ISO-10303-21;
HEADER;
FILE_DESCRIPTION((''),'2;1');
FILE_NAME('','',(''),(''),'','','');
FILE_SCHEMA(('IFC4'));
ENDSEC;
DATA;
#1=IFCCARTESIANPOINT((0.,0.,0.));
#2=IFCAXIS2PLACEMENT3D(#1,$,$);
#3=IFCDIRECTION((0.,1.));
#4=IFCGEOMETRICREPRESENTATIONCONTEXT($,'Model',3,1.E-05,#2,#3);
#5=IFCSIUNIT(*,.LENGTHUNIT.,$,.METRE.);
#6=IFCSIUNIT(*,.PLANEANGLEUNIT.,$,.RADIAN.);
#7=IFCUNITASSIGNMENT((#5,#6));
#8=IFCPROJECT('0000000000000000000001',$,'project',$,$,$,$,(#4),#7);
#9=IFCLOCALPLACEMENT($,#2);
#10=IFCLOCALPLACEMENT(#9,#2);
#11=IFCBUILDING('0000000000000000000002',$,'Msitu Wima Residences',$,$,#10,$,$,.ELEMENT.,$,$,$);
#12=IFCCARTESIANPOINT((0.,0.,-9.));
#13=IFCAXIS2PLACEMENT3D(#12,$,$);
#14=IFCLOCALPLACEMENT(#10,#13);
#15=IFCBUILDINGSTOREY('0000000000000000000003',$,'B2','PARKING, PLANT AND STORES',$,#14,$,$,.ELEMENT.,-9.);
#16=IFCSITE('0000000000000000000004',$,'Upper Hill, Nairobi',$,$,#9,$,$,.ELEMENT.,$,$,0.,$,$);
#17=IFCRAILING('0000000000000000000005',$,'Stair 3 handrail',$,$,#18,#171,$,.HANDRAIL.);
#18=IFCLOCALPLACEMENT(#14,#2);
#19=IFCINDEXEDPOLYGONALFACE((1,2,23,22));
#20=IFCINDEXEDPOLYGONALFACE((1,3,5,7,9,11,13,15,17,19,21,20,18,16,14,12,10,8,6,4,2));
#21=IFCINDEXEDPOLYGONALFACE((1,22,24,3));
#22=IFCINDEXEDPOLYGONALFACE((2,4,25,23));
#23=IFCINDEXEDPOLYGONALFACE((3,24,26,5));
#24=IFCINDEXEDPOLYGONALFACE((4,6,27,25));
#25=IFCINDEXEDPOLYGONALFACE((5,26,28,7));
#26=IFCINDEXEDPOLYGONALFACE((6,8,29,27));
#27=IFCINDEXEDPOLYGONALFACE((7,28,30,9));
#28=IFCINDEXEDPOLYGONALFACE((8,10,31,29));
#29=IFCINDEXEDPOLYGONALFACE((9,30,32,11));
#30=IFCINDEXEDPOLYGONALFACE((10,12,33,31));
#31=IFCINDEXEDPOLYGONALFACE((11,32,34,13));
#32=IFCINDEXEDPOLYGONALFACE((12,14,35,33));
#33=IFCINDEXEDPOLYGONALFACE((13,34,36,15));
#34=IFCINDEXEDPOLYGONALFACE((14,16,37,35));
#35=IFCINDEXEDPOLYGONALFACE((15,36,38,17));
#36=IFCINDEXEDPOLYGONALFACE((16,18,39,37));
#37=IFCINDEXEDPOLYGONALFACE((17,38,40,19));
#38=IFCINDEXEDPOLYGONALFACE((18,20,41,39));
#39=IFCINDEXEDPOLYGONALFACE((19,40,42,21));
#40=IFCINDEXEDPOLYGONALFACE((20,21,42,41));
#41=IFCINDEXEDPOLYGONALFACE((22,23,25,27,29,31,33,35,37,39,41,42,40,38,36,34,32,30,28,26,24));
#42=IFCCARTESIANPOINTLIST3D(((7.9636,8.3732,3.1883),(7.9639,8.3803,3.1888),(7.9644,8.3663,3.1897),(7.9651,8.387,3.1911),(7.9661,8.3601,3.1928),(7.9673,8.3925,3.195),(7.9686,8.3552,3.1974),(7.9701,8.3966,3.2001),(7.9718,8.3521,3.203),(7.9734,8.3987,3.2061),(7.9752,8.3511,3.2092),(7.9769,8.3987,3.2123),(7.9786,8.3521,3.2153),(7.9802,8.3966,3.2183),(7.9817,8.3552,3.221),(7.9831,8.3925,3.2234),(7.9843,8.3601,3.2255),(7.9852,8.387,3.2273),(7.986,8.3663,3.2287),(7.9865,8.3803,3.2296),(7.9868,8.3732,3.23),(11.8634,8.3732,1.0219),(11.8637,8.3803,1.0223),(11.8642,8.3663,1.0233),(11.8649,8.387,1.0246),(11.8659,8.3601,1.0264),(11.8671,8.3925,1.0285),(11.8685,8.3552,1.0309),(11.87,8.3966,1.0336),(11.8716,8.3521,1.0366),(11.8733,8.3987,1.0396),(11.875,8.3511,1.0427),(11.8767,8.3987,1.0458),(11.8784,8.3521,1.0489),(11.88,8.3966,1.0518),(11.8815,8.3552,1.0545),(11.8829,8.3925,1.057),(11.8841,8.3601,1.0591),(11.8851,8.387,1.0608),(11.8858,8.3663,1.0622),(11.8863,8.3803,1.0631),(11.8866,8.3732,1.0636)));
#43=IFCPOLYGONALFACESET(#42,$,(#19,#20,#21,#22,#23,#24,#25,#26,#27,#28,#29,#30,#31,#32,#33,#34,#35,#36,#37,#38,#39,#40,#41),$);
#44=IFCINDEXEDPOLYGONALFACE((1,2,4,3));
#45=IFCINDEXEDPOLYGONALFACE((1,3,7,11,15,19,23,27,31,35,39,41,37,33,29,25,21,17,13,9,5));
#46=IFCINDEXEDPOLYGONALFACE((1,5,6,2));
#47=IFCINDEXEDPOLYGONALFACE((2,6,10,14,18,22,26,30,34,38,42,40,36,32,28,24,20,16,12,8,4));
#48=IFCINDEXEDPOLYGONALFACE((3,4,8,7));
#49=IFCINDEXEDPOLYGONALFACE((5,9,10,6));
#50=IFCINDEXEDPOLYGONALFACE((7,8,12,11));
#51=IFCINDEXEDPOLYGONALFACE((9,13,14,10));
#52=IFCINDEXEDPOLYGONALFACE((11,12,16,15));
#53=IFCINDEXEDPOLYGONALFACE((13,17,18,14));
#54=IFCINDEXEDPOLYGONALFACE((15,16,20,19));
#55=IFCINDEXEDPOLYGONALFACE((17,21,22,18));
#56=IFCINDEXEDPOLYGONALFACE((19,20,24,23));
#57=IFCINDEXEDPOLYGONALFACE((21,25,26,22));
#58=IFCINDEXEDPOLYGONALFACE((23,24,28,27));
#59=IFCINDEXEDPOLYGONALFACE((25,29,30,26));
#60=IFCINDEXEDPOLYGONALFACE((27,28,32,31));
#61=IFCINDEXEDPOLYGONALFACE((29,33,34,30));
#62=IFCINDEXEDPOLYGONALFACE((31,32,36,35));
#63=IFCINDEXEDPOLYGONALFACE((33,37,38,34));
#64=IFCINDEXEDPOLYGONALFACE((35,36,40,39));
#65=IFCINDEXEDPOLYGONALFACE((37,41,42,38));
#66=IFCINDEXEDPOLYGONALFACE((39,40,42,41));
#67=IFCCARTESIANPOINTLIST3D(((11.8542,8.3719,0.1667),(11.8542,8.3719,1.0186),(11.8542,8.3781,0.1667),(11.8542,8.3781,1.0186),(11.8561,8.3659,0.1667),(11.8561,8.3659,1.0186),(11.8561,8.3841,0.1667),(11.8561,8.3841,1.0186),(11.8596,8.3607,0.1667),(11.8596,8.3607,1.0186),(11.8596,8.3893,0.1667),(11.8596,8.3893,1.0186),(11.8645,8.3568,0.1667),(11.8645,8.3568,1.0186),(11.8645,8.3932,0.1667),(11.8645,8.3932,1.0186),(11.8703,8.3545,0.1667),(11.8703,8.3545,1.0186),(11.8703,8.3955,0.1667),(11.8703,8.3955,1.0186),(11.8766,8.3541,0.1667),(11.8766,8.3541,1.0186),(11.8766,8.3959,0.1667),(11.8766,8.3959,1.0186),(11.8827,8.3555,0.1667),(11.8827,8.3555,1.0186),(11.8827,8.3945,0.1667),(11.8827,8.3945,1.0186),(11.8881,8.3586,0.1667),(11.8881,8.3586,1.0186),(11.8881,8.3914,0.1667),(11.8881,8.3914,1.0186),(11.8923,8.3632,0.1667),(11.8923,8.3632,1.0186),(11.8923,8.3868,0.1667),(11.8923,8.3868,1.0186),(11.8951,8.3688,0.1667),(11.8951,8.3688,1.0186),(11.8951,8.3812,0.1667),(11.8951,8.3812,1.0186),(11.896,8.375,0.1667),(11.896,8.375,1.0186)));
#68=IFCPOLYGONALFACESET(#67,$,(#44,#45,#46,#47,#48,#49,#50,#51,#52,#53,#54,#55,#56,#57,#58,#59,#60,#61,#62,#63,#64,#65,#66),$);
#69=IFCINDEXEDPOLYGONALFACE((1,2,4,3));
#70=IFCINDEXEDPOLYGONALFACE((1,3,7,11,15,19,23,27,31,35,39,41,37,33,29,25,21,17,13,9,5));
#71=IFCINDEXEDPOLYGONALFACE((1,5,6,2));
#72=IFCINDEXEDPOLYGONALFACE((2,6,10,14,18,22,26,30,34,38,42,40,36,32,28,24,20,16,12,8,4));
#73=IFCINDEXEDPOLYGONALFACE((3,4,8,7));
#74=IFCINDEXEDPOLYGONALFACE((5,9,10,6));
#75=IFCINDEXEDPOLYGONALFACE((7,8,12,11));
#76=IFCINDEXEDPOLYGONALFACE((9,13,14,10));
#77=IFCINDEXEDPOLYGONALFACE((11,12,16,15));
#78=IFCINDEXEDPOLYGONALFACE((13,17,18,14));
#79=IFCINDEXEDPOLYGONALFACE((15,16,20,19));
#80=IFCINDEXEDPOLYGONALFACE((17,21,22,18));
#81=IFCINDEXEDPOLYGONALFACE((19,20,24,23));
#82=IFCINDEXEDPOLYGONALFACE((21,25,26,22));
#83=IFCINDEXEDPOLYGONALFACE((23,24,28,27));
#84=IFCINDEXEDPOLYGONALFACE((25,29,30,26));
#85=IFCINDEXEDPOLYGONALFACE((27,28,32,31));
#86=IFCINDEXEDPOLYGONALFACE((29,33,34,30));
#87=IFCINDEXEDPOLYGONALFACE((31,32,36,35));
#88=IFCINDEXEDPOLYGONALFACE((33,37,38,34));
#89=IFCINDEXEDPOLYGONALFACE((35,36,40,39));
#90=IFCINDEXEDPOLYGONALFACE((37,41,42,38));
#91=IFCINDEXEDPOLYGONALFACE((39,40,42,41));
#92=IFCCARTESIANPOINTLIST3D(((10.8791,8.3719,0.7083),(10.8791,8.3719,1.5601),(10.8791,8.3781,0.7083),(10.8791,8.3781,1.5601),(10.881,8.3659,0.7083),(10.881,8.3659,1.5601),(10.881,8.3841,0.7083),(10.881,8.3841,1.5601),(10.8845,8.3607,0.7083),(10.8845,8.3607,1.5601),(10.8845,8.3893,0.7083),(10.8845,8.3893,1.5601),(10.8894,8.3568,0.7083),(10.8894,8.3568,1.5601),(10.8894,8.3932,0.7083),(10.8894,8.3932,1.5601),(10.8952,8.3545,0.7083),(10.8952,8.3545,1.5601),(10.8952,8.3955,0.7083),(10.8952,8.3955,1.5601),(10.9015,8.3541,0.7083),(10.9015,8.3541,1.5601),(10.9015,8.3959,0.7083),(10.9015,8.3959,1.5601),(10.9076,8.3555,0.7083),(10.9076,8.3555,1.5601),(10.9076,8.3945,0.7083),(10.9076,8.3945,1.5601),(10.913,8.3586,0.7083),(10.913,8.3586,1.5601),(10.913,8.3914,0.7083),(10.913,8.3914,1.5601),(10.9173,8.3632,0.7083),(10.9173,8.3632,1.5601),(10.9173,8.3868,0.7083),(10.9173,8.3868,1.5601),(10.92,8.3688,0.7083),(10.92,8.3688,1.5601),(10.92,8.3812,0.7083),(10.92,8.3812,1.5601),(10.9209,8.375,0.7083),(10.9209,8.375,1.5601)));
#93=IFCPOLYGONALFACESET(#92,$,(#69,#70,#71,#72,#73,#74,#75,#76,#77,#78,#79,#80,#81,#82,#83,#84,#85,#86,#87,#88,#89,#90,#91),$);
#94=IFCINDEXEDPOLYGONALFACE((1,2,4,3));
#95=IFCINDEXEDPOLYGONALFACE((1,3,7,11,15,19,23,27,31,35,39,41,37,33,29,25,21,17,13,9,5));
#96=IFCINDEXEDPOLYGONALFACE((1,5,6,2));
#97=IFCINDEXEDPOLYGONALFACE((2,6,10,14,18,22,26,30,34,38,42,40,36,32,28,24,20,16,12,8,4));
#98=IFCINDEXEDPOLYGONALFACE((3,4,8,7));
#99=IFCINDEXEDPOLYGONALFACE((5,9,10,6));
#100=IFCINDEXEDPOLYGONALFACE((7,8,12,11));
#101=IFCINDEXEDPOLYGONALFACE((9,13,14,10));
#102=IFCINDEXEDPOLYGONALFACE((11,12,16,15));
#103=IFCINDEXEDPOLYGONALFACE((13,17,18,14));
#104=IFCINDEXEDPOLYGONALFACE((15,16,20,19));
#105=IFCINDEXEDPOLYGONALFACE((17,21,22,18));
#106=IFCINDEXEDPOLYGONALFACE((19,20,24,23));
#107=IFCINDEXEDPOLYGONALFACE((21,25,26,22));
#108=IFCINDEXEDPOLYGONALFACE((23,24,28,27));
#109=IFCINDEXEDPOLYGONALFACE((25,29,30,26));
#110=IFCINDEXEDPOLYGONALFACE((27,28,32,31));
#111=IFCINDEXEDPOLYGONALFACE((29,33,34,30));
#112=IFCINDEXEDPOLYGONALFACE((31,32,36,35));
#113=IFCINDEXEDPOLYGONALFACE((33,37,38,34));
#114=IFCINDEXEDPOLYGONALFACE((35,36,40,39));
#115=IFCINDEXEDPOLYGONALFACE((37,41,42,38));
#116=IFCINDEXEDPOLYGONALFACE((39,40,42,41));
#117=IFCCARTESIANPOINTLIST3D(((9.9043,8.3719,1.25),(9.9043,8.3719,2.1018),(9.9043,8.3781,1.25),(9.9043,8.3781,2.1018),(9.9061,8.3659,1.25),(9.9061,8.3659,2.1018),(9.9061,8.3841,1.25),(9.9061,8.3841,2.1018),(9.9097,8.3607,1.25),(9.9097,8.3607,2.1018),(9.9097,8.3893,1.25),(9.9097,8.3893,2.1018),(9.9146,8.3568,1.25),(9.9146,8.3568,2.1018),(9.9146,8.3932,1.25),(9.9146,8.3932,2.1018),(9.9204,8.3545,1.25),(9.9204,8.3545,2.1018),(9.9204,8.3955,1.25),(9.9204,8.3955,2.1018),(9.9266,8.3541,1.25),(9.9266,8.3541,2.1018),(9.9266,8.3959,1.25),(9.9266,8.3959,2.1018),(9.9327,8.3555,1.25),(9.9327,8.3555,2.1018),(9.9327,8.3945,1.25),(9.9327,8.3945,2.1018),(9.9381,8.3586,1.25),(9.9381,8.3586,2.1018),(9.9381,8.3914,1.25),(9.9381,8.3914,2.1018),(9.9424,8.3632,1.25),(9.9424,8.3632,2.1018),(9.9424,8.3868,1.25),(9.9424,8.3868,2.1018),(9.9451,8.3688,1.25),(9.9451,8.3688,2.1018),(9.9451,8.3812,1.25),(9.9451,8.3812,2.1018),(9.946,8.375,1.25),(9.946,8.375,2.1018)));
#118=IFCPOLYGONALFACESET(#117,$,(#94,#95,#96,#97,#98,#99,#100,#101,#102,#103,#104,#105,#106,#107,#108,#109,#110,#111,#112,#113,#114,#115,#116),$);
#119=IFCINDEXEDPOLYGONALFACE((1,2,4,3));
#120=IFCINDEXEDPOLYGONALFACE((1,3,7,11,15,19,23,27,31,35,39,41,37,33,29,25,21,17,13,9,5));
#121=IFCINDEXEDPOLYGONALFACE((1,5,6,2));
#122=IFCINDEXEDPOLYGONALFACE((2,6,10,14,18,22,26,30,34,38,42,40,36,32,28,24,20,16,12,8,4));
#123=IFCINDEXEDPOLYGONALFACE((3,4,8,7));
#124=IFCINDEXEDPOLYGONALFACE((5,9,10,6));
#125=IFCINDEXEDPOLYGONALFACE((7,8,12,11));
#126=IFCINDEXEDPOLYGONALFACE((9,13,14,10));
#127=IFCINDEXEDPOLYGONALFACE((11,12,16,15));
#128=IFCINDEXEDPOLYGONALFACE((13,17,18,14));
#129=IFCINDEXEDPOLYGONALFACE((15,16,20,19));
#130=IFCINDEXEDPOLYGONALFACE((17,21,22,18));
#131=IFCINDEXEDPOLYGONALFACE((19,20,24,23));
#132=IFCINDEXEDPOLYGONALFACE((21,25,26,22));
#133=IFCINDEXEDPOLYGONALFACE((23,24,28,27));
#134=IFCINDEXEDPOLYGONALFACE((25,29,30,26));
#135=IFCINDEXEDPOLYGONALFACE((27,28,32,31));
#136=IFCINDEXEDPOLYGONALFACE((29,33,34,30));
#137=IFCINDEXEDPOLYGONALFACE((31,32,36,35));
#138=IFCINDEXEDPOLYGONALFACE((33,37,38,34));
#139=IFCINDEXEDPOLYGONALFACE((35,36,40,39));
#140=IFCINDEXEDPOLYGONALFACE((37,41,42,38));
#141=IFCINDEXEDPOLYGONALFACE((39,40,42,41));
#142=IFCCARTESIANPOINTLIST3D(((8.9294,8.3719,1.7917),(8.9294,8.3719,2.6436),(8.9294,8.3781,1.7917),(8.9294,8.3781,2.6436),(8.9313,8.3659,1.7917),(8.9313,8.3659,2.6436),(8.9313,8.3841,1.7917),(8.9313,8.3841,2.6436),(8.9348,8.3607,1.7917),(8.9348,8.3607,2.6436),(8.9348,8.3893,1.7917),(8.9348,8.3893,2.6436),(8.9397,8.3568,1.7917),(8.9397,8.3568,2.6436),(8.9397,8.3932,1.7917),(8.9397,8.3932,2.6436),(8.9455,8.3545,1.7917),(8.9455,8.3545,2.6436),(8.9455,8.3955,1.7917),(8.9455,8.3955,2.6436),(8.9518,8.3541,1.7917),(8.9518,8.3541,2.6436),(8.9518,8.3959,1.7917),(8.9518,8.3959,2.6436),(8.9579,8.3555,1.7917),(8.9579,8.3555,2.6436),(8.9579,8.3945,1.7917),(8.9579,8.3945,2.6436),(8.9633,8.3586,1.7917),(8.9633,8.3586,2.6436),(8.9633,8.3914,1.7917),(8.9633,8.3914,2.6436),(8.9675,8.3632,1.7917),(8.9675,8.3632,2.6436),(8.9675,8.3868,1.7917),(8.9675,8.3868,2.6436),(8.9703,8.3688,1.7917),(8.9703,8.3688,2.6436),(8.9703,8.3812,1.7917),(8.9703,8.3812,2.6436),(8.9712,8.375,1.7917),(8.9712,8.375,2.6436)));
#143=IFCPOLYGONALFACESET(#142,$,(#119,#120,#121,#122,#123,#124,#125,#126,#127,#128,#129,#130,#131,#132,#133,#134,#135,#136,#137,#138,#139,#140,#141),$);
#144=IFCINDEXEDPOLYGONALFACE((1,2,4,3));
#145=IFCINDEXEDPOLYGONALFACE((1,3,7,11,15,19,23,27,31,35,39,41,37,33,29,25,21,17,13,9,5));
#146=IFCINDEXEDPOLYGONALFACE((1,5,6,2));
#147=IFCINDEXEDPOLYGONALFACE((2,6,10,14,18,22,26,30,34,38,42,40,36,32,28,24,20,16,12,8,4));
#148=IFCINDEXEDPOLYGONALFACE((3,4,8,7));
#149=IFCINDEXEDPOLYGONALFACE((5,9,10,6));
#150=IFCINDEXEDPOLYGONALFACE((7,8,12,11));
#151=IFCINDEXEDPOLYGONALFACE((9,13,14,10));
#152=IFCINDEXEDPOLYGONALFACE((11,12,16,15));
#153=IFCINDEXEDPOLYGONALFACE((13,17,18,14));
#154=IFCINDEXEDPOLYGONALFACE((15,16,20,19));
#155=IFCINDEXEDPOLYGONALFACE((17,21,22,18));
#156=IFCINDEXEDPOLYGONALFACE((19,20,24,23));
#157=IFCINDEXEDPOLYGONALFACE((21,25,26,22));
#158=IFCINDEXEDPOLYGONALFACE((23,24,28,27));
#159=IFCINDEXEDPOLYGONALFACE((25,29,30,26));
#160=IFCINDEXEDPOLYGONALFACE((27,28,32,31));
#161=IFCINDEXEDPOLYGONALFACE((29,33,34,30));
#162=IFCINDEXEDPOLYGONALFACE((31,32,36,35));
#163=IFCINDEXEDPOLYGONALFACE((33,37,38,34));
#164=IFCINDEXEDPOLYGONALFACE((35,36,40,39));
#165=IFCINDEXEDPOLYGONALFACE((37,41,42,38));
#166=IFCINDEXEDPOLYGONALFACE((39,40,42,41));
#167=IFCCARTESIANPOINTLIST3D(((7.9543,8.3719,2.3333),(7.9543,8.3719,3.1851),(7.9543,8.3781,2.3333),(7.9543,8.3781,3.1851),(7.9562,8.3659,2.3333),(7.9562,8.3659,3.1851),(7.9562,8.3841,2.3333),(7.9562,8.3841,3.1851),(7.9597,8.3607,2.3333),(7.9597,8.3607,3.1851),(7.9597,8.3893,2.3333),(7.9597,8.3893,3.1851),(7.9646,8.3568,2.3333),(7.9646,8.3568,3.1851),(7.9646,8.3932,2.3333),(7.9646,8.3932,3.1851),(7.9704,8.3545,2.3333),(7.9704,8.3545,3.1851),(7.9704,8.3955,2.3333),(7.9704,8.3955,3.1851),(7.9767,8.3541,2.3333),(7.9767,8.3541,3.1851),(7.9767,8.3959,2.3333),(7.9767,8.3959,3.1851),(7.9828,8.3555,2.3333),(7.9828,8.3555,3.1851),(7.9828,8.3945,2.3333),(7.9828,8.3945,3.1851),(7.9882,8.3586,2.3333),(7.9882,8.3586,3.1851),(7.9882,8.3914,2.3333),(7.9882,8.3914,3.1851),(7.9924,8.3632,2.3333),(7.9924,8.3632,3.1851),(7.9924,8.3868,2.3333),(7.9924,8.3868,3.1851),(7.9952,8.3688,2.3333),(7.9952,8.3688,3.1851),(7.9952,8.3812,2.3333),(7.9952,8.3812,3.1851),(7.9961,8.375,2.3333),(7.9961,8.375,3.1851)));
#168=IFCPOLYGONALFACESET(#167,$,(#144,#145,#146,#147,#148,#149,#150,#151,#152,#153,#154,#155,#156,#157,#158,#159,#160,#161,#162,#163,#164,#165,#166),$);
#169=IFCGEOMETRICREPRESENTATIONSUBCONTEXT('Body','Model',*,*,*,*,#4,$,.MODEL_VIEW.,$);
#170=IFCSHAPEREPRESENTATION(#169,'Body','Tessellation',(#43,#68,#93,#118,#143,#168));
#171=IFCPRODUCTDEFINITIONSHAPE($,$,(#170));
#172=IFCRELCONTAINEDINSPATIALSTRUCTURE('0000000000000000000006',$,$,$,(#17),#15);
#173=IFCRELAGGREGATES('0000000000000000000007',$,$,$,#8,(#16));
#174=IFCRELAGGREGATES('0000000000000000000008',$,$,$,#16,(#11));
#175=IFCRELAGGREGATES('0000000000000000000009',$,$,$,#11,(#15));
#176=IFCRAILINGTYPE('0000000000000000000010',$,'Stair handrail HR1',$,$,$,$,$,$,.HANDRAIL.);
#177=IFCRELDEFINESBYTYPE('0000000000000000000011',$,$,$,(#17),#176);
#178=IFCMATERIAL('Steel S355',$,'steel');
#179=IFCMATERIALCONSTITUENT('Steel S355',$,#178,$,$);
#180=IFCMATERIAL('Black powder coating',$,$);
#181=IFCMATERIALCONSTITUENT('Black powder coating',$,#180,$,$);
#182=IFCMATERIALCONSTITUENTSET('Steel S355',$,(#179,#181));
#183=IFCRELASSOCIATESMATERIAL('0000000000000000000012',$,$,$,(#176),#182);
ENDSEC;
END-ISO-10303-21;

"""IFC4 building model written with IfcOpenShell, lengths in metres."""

from ifc_helpers import new_model, si_unit, direction, frame, origin, origin_2d, place, context, subcontext, project, spatial, circle, extrude, material, constituent, constituent_set, type_object, element, save


model = new_model("IFC4")

# Units and contexts
model_context = context("Model", 3, precision=1e-05, world=origin(), true_north=direction((0.0, 1.0)))
body_context = subcontext(model_context, "Body", "Model", "MODEL_VIEW")
ifc_project = project(units=[si_unit("LENGTHUNIT", "METRE"), si_unit("PLANEANGLEUNIT", "RADIAN")], contexts=[model_context])

# Site, building, storey
site_placement = place(None, origin())
site = spatial("IfcSite", under=ifc_project, at=site_placement, Name="Upper Hill, Nairobi", CompositionType="ELEMENT", RefElevation=0.0)
building_placement = place(site_placement, origin())
building = spatial("IfcBuilding", under=site, at=building_placement, Name="Msitu Wima Residences", CompositionType="ELEMENT")
storey_placement = place(building_placement, frame((0.0, 0.0, -9.0)))
storey = spatial("IfcBuildingStorey", under=building, at=storey_placement, Name="B2", Description="PARKING, PLANT AND STORES", CompositionType="ELEMENT", Elevation=-9.0)

# Railing
ifc_material_1 = material(Name="Steel S355", Category="steel")
ifc_constituent_1 = constituent(ifc_material_1, Name="Steel S355")
ifc_material_2 = material(Name="Black powder coating")
ifc_constituent_2 = constituent(ifc_material_2, Name="Black powder coating")
ifc_constituent_set = constituent_set(constituents=[ifc_constituent_1, ifc_constituent_2], Name="Steel S355")
railing_type = type_object("IfcRailingType", Name="Stair handrail HR1", PredefinedType="HANDRAIL", material=ifc_constituent_set)
for number, where, name in (
    (1, (11.875, 8.375, 0.1667), "Stair 3 handrail"),
):
    element("IfcRailing", number, at=place(storey_placement, frame(where)), inside=storey, type_object=railing_type, Name=name, PredefinedType="HANDRAIL", context=body_context, shape_type="SweptSolid", body=[
        extrude(circle(Radius=0.0239, at=origin_2d()), frame((0.0, 0.0, 0.876), z_axis=(-0.874168, 0.0, 0.485624), x_axis=(0.0, -1.0, 0.0)), (0.0, 0.0, 1.0), 4.4612),
        extrude(circle(Radius=0.021, at=origin_2d()), origin(), (0.0, 0.0, 1.0), 0.8518),
        extrude(circle(Radius=0.021, at=origin_2d()), frame((-0.9751, 0.0, 0.5415)), (0.0, 0.0, 1.0), 0.8518),
        extrude(circle(Radius=0.021, at=origin_2d()), frame((-1.95, 0.0, 1.0833)), (0.0, 0.0, 1.0), 0.8518),
        extrude(circle(Radius=0.021, at=origin_2d()), frame((-2.9248, 0.0, 1.625)), (0.0, 0.0, 1.0), 0.8518),
        extrude(circle(Radius=0.021, at=origin_2d()), frame((-3.8999, 0.0, 2.1665)), (0.0, 0.0, 1.0), 0.8518),
    ])

save(model, "model.ifc")
